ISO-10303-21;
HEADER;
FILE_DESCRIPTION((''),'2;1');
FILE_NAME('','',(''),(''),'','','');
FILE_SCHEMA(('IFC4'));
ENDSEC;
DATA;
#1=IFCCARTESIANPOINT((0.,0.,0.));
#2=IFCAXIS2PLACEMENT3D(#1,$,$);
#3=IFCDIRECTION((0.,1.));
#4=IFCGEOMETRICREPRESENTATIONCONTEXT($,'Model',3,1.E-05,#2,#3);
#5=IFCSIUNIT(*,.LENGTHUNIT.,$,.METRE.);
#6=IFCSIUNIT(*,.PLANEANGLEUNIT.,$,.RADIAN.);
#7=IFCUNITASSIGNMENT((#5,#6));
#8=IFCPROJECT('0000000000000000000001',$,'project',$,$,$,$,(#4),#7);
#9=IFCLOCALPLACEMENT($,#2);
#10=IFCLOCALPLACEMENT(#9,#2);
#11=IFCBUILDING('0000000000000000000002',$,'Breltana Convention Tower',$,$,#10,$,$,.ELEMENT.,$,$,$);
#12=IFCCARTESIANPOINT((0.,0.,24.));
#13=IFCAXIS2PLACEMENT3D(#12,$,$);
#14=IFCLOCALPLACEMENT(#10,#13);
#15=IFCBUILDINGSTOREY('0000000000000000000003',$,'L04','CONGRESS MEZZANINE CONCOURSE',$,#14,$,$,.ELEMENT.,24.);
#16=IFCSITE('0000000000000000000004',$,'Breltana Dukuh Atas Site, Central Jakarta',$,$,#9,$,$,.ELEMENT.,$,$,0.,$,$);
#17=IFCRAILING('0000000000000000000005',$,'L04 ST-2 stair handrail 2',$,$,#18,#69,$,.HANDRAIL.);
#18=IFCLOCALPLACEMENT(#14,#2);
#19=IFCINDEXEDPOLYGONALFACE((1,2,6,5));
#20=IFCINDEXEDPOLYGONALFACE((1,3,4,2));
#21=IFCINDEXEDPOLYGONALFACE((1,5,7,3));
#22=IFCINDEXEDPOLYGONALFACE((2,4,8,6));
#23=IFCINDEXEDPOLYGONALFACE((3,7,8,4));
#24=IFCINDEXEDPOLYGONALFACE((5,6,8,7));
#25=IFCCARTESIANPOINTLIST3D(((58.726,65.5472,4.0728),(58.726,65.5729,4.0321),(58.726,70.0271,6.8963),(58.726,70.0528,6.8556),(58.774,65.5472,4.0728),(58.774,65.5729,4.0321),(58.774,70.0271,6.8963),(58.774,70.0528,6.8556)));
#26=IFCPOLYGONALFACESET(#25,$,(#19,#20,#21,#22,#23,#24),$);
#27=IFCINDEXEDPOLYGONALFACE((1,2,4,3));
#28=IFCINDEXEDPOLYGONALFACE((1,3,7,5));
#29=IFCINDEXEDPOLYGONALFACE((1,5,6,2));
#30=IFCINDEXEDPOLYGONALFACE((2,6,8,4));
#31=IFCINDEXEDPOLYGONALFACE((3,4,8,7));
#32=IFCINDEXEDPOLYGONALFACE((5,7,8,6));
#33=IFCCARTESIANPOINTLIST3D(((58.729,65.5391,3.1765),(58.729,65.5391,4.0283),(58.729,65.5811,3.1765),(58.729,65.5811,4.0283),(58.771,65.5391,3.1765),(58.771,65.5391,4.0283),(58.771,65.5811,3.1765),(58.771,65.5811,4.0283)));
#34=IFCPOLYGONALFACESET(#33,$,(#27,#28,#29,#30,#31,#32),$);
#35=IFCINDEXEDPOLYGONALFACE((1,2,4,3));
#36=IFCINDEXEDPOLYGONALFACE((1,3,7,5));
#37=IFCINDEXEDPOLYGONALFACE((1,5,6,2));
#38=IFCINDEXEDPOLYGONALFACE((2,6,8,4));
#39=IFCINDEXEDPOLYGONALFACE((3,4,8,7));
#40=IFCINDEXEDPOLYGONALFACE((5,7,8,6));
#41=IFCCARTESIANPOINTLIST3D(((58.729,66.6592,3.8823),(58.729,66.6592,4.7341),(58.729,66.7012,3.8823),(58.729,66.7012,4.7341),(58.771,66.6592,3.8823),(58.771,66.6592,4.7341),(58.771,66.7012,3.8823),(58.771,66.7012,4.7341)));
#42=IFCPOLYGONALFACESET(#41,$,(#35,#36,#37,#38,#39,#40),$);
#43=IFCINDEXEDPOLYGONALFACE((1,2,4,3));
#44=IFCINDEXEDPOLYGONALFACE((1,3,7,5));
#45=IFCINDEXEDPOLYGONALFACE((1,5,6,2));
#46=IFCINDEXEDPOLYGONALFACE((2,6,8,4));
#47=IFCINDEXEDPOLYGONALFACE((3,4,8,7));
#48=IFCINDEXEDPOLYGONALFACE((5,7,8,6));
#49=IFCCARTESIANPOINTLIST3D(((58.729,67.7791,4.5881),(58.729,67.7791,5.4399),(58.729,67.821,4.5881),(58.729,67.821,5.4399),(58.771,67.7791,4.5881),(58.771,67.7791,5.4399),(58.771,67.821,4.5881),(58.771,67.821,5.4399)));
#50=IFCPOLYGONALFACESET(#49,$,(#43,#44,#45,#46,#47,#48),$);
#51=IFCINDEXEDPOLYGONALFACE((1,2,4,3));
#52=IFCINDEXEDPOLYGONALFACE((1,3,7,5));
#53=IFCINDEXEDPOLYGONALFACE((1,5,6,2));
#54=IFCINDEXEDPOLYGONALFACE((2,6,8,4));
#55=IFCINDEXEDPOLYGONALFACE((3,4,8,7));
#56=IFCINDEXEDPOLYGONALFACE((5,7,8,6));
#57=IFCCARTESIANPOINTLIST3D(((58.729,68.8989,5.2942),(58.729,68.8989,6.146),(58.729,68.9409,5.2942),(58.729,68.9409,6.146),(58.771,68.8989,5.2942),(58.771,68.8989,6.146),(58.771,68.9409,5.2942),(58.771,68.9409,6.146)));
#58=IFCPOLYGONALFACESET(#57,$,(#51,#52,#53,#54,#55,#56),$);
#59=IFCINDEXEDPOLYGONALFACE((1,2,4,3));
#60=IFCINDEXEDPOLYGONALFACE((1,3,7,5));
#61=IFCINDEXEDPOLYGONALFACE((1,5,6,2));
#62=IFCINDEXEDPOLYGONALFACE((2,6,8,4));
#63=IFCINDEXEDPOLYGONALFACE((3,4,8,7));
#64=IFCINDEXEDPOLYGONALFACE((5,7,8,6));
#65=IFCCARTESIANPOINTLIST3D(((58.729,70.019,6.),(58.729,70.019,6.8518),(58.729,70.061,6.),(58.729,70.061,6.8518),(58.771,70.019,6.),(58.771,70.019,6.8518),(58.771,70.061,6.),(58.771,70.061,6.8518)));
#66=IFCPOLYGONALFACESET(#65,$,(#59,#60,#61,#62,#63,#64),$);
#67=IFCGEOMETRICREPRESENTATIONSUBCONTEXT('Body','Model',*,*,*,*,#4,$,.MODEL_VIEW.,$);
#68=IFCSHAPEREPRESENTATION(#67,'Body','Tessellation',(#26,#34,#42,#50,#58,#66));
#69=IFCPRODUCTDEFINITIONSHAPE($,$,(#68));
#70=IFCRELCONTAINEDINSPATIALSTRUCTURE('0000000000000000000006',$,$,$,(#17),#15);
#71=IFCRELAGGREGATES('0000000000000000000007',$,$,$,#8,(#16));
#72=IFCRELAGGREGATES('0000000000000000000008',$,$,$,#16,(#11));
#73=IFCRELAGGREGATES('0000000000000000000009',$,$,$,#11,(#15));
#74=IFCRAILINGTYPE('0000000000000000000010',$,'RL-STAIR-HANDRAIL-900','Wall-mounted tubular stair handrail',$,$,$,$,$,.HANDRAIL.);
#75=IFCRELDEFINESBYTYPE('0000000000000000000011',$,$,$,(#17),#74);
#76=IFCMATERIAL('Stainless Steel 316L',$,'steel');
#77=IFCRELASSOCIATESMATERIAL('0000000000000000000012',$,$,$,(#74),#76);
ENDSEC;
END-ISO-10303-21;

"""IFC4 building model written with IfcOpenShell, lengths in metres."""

from ifc_helpers import new_model, si_unit, direction, frame, origin, origin_2d, place, context, subcontext, project, spatial, rectangle, extrude, material, type_object, element, save


model = new_model("IFC4")

# Units and contexts
model_context = context("Model", 3, precision=1e-05, world=origin(), true_north=direction((0.0, 1.0)))
body_context = subcontext(model_context, "Body", "Model", "MODEL_VIEW")
ifc_project = project(units=[si_unit("LENGTHUNIT", "METRE"), si_unit("PLANEANGLEUNIT", "RADIAN")], contexts=[model_context])

# Site, building, storey
site_placement = place(None, origin())
site = spatial("IfcSite", under=ifc_project, at=site_placement, Name="Breltana Dukuh Atas Site, Central Jakarta", CompositionType="ELEMENT", RefElevation=0.0)
building_placement = place(site_placement, origin())
building = spatial("IfcBuilding", under=site, at=building_placement, Name="Breltana Convention Tower", CompositionType="ELEMENT")
storey_placement = place(building_placement, frame((0.0, 0.0, 24.0)))
storey = spatial("IfcBuildingStorey", under=building, at=storey_placement, Name="L04", Description="CONGRESS MEZZANINE CONCOURSE", CompositionType="ELEMENT", Elevation=24.0)

# Railing
ifc_material_1 = material(Name="Stainless Steel 316L", Category="steel")
railing_type_1 = type_object("IfcRailingType", Name="RL-STAIR-HANDRAIL-900", Description="Wall-mounted tubular stair handrail", PredefinedType="HANDRAIL", material=ifc_material_1)
railing_1_placement = place(storey_placement, frame((58.75, 65.5601, 3.1765)))
element("IfcRailing", 1, at=railing_1_placement, inside=storey, type_object=railing_type_1, Name="L04 ST-2 stair handrail 2", PredefinedType="HANDRAIL", context=body_context, shape_type="SweptSolid", body=[
    extrude(rectangle(XDim=0.0481, YDim=0.0481, at=origin_2d()), frame((0.0, 0.0, 0.876), z_axis=(0.0, 0.845998, 0.533186), x_axis=(-1.0, 0.0, 0.0)), (0.0, 0.0, 1.0), 5.2954),
    extrude(rectangle(XDim=0.042, YDim=0.042, at=origin_2d()), origin(), (0.0, 0.0, 1.0), 0.8518),
    extrude(rectangle(XDim=0.042, YDim=0.042, at=origin_2d()), frame((0.0, 1.1201, 0.7058)), (0.0, 0.0, 1.0), 0.8518),
    extrude(rectangle(XDim=0.042, YDim=0.042, at=origin_2d()), frame((0.0, 2.24, 1.4116)), (0.0, 0.0, 1.0), 0.8518),
    extrude(rectangle(XDim=0.042, YDim=0.042, at=origin_2d()), frame((0.0, 3.3599, 2.1177)), (0.0, 0.0, 1.0), 0.8518),
    extrude(rectangle(XDim=0.042, YDim=0.042, at=origin_2d()), frame((0.0, 4.48, 2.8235)), (0.0, 0.0, 1.0), 0.8518),
])

save(model, "model.ifc")
